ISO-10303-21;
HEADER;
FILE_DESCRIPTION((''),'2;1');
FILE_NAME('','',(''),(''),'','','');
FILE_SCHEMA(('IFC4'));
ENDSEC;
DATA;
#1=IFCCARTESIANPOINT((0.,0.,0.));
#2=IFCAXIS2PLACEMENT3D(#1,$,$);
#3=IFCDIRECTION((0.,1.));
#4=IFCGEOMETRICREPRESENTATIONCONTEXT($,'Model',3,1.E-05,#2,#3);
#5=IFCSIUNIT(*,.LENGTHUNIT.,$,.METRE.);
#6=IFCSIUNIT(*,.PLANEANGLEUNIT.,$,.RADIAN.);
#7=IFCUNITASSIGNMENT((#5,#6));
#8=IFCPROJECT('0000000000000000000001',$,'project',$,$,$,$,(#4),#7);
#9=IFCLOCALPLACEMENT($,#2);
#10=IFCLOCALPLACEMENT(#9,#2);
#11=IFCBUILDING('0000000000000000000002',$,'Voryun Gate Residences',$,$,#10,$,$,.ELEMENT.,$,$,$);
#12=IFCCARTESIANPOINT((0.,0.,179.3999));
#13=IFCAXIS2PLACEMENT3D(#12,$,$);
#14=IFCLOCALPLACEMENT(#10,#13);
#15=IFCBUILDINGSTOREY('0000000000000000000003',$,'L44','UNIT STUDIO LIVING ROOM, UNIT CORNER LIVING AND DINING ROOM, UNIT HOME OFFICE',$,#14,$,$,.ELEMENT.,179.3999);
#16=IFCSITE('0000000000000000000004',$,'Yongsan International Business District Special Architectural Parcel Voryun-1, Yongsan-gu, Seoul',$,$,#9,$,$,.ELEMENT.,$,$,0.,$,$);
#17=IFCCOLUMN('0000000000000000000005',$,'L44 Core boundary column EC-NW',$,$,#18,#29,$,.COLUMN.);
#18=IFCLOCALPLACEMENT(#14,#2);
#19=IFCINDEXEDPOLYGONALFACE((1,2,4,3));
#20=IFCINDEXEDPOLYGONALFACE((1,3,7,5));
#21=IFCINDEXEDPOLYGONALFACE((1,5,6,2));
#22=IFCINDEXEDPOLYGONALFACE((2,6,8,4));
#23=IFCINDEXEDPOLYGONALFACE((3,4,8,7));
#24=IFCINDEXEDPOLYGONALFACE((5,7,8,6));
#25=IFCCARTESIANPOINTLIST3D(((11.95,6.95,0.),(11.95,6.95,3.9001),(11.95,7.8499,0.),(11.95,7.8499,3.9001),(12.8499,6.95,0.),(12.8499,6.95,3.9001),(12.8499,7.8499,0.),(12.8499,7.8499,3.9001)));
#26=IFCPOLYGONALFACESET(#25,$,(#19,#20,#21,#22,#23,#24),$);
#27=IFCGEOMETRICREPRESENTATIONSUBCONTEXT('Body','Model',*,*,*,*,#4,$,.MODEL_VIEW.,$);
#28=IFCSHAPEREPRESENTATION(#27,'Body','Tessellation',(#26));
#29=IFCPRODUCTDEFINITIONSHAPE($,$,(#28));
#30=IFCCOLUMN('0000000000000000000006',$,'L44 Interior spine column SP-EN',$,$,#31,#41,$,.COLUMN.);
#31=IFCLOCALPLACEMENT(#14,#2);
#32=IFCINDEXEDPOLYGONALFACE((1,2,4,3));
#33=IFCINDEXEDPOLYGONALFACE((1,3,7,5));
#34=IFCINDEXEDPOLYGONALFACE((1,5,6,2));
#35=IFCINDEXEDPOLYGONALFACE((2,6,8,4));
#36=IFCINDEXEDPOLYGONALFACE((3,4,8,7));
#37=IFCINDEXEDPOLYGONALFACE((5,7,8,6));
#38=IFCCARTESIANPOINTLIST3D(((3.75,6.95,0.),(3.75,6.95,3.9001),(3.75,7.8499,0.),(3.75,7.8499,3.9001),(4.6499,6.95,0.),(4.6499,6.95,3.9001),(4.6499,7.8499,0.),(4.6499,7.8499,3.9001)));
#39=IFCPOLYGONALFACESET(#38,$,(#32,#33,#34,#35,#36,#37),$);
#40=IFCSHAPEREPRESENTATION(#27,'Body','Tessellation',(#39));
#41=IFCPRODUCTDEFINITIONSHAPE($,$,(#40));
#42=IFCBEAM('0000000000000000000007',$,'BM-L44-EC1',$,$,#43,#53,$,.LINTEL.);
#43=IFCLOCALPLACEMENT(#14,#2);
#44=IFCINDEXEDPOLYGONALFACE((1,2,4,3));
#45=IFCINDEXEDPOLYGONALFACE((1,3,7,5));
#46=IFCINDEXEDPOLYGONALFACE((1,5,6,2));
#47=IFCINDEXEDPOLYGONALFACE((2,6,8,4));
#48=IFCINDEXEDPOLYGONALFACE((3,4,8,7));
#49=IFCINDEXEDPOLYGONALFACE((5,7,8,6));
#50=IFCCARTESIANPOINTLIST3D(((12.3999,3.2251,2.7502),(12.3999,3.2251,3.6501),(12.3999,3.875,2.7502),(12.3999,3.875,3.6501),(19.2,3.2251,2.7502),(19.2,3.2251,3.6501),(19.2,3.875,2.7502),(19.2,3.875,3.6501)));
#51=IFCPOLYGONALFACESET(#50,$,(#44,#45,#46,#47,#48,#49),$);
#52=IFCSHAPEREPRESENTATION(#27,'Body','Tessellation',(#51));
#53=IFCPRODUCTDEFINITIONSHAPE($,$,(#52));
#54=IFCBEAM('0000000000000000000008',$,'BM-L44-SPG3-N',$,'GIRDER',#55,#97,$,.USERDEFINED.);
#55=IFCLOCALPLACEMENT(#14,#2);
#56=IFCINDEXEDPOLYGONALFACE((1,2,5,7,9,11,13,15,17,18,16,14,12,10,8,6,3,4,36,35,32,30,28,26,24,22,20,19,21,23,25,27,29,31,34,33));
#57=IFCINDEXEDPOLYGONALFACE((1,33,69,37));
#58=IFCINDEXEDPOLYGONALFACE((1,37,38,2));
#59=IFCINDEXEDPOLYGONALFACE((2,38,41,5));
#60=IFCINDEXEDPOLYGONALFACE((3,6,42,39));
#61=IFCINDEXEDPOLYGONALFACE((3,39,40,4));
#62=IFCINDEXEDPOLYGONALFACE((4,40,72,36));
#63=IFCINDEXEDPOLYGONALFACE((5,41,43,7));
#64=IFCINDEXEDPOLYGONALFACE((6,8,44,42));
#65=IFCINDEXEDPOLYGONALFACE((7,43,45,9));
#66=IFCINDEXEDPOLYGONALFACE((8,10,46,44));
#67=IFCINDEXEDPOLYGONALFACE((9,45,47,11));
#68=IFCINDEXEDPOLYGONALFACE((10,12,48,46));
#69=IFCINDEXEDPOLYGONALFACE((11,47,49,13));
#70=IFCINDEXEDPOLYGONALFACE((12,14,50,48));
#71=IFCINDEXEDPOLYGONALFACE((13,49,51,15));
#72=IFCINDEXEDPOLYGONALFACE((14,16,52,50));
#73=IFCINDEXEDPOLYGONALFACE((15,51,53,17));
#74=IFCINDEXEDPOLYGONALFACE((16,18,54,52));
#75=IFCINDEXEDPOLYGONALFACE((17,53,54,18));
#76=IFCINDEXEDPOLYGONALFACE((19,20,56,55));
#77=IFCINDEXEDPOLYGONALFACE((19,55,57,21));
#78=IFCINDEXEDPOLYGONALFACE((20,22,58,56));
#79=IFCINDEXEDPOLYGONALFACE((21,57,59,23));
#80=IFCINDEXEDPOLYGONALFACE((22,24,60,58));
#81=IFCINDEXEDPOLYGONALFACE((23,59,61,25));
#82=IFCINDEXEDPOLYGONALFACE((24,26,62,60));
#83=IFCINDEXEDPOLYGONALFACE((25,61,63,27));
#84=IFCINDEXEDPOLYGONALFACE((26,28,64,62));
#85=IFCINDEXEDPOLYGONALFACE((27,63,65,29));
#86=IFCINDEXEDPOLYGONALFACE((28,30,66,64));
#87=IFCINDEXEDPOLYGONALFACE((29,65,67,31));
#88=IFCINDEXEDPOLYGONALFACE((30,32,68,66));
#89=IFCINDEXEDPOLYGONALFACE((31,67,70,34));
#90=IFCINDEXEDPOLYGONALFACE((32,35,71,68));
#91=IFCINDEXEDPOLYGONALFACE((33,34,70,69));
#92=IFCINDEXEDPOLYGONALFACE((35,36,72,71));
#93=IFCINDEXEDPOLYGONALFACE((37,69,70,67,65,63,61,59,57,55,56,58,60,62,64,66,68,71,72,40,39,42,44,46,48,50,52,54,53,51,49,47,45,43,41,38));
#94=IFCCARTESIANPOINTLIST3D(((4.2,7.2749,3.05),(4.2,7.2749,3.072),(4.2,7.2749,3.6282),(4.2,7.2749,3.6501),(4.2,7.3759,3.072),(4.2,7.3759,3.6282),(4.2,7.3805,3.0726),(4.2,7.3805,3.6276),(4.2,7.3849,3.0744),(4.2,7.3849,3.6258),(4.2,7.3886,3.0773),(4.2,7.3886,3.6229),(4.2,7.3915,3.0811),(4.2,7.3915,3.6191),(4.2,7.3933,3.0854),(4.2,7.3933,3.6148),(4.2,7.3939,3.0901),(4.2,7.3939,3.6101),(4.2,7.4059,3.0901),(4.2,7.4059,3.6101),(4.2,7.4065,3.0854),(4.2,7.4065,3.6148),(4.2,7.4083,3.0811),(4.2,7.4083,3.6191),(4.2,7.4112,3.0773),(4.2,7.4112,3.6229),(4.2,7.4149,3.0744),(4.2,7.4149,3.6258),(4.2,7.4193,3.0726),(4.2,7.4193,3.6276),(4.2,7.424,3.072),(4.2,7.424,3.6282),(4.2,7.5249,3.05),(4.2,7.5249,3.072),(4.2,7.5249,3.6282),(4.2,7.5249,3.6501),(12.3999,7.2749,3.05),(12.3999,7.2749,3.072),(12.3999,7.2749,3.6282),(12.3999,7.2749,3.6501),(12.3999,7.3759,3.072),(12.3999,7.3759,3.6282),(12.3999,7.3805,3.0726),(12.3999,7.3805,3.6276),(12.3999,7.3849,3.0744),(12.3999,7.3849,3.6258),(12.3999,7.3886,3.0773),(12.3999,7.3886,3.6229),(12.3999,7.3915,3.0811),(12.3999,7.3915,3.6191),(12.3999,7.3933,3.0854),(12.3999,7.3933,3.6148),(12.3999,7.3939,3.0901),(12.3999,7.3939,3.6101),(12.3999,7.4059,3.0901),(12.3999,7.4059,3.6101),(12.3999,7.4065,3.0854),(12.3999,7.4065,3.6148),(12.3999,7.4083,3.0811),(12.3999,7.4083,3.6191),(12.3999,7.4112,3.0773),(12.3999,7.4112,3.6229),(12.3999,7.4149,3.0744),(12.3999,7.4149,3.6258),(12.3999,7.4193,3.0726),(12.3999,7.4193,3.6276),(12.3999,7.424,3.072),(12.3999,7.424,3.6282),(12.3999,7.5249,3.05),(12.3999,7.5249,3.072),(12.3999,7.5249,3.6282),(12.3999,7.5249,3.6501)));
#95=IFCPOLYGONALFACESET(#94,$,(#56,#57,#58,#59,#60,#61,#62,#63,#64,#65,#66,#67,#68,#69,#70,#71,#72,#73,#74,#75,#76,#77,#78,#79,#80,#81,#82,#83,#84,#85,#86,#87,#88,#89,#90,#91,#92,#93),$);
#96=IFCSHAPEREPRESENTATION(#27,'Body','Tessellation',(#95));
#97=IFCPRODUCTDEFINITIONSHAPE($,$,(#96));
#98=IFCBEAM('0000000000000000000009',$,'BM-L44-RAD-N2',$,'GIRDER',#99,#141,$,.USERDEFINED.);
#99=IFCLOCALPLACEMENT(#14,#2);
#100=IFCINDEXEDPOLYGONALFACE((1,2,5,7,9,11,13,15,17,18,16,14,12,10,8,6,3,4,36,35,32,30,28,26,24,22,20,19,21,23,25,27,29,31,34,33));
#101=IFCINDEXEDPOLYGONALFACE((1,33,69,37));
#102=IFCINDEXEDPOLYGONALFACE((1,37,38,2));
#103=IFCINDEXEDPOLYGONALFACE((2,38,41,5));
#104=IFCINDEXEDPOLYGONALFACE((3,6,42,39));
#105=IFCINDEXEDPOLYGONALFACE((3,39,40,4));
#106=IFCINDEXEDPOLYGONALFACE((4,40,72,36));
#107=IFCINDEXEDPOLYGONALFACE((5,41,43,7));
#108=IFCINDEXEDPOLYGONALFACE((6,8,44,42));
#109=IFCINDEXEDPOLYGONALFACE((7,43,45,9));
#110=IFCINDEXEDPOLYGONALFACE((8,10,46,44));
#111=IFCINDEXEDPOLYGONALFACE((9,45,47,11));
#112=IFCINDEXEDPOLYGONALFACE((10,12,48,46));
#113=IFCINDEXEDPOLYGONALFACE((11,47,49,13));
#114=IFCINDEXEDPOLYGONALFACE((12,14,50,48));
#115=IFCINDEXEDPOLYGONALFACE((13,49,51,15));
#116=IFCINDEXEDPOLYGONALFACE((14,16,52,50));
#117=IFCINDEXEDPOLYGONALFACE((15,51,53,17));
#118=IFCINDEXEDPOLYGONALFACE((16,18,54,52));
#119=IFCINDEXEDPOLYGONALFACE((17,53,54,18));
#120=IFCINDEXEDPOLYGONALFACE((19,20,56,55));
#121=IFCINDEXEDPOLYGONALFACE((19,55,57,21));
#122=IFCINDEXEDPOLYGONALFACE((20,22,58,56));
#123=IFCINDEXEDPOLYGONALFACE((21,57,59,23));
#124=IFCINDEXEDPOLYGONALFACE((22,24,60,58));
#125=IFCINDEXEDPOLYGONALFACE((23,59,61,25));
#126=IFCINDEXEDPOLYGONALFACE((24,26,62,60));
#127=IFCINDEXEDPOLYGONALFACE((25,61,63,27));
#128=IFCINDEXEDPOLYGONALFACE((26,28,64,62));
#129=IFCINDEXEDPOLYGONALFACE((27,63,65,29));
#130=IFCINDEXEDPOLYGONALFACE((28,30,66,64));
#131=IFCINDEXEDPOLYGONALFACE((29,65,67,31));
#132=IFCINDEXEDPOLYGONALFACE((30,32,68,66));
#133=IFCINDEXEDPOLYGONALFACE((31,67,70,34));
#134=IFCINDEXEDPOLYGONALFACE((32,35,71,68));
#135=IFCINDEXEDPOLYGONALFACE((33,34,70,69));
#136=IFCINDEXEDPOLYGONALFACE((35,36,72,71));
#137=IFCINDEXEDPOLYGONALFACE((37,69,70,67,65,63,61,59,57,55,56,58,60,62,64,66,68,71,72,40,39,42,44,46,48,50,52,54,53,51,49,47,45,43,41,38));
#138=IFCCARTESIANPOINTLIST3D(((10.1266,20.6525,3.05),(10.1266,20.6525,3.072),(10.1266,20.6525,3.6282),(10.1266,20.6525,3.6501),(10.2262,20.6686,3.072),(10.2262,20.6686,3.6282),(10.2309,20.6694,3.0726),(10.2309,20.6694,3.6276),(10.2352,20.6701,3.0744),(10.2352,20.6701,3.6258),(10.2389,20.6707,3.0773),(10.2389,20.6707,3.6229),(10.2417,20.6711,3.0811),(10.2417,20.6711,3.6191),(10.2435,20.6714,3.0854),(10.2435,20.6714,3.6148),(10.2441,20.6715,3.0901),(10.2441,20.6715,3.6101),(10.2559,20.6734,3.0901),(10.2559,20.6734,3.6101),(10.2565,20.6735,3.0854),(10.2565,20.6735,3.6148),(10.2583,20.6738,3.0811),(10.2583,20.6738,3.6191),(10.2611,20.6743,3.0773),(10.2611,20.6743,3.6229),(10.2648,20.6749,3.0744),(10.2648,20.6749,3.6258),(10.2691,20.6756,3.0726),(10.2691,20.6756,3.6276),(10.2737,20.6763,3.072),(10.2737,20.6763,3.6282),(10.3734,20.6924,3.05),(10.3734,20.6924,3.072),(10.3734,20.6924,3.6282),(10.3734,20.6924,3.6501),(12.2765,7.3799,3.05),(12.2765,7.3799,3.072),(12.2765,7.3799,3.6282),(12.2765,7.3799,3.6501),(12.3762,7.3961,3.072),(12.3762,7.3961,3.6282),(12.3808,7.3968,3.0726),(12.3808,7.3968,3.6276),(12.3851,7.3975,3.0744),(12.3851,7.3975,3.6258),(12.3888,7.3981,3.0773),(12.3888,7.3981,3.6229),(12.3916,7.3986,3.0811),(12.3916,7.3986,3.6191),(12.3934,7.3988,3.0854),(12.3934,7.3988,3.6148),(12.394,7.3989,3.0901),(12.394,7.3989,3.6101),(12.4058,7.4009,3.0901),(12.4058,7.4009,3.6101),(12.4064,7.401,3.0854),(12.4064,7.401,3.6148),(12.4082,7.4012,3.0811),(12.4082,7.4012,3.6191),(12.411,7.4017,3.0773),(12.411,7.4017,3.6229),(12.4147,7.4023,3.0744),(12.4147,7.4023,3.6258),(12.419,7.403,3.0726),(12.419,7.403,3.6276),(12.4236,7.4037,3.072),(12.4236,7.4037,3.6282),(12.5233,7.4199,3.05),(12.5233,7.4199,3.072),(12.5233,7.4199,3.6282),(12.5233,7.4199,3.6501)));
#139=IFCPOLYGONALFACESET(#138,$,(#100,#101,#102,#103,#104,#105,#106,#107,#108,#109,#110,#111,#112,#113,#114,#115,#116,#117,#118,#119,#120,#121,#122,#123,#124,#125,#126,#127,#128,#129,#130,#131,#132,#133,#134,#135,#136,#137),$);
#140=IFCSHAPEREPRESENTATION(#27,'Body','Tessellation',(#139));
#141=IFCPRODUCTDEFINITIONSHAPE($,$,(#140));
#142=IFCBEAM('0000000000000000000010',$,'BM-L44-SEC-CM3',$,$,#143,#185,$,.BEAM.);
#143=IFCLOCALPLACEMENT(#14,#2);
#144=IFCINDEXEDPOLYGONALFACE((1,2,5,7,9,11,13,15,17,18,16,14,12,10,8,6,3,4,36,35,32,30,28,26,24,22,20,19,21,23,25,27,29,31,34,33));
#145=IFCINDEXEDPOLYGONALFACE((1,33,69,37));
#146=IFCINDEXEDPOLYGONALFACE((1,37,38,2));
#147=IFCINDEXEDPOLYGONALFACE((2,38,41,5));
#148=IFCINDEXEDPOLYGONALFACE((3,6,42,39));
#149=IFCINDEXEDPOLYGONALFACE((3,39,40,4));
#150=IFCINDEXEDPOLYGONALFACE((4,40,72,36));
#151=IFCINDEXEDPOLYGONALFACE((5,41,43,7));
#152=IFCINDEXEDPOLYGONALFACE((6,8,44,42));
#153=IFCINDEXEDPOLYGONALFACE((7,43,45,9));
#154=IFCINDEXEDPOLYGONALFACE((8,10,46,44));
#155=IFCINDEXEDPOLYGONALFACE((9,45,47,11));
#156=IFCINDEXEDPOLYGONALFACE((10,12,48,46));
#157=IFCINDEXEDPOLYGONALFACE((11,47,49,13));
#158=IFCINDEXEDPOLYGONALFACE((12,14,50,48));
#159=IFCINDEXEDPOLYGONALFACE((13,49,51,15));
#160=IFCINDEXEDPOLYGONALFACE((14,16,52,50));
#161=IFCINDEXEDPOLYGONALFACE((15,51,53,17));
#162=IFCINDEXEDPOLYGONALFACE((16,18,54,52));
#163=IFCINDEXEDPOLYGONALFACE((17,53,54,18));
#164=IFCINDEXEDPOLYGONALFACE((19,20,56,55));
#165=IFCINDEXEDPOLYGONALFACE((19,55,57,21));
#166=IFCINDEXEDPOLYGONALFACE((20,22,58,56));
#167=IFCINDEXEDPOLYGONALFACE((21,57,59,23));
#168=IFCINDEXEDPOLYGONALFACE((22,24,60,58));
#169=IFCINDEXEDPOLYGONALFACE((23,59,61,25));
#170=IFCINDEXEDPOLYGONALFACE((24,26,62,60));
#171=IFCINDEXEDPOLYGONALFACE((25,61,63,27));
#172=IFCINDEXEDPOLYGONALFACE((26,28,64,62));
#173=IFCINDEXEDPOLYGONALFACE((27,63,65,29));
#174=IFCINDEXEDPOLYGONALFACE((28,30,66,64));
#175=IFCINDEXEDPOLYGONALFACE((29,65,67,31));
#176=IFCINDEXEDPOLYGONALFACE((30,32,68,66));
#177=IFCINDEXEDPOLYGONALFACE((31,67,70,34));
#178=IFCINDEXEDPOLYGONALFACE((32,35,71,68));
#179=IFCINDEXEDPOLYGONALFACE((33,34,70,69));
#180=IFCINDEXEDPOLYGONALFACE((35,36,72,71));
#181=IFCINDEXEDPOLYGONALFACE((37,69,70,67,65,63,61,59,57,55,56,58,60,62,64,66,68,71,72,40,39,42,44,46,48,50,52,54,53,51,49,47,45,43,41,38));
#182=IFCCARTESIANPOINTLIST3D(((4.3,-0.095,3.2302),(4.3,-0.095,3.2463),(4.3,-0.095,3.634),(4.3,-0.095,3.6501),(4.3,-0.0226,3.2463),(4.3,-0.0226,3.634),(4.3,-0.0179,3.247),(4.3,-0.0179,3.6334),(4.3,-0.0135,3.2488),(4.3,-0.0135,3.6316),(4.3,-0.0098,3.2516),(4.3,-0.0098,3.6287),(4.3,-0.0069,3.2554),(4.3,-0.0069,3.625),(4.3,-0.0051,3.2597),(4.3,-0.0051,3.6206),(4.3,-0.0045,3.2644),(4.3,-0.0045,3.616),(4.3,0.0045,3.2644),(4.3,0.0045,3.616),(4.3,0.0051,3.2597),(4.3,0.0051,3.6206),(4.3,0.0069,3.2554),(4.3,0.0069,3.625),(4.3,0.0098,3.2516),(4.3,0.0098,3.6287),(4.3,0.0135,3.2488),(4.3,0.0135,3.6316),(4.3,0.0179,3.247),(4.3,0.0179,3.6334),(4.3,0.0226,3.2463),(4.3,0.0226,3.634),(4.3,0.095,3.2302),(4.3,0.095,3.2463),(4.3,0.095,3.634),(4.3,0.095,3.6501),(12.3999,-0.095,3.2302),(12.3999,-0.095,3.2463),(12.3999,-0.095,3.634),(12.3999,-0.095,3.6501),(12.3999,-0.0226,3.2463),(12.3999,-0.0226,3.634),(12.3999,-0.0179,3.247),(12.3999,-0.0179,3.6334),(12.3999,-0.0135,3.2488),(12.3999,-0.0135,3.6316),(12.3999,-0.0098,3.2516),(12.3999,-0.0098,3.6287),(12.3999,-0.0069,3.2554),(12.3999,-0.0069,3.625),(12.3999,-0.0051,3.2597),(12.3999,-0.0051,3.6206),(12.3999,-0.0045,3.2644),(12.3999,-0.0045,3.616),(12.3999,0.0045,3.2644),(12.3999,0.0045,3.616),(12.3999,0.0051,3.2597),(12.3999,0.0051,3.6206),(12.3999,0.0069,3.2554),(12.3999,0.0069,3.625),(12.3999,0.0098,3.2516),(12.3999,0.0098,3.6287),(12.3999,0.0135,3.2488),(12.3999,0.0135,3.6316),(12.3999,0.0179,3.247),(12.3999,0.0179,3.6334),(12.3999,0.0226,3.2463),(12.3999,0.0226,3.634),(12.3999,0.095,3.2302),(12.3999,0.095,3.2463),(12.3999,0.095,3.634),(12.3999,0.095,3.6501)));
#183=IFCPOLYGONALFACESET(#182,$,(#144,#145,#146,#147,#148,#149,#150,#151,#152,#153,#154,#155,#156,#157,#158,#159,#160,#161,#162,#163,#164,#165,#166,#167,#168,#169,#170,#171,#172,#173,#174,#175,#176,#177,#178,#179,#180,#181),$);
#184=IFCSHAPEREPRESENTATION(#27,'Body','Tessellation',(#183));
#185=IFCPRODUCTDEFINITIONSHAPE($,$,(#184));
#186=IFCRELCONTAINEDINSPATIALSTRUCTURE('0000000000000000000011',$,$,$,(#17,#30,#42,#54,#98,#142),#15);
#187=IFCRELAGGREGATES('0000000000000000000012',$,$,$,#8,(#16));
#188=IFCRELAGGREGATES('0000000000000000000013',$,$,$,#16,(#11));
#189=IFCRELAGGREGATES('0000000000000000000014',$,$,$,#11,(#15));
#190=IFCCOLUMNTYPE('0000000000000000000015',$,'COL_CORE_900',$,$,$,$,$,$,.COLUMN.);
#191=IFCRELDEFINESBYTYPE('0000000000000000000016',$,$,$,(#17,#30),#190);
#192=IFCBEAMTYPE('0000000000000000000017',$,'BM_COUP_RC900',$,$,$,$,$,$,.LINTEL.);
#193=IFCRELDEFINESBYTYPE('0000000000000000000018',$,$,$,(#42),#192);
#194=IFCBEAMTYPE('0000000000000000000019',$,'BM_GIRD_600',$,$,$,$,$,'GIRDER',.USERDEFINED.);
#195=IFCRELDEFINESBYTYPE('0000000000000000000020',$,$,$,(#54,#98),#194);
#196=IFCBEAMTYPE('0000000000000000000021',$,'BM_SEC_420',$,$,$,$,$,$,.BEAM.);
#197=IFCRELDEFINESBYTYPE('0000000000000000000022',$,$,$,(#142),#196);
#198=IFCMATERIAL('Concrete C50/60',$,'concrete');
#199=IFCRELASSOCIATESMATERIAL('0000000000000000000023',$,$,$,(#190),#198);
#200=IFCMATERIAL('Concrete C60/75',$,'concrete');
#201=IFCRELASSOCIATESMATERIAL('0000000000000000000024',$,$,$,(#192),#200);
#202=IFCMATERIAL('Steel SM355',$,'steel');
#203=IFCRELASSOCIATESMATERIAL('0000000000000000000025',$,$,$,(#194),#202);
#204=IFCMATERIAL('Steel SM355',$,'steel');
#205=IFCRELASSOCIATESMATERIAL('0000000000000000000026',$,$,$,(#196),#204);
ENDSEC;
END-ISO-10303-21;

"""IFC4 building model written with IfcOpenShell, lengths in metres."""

from ifc_helpers import new_model, si_unit, direction, frame, origin, origin_2d, place, context, subcontext, project, spatial, rectangle, i_section, extrude, material, material_profile, profile_set, type_object, element, save


model = new_model("IFC4")

# Units and contexts
model_context = context("Model", 3, precision=1e-05, world=origin(), true_north=direction((0.0, 1.0)))
body_context = subcontext(model_context, "Body", "Model", "MODEL_VIEW")
ifc_project = project(units=[si_unit("LENGTHUNIT", "METRE"), si_unit("PLANEANGLEUNIT", "RADIAN")], contexts=[model_context])

# Site, building, storey
site_placement = place(None, origin())
site = spatial("IfcSite", under=ifc_project, at=site_placement, Name="Yongsan International Business District Special Architectural Parcel Voryun-1, Yongsan-gu, Seoul", CompositionType="ELEMENT", RefElevation=0.0)
building_placement = place(site_placement, origin())
building = spatial("IfcBuilding", under=site, at=building_placement, Name="Voryun Gate Residences", CompositionType="ELEMENT")
storey_placement = place(building_placement, frame((0.0, 0.0, 179.3999)))
storey = spatial("IfcBuildingStorey", under=building, at=storey_placement, Name="L44", Description="UNIT STUDIO LIVING ROOM, UNIT CORNER LIVING AND DINING ROOM, UNIT HOME OFFICE", CompositionType="ELEMENT", Elevation=179.3999)

# Columns
ifc_material_1 = material(Name="Concrete C50/60", Category="concrete")
ifc_material_profile_1 = material_profile(ifc_material_1, rectangle(XDim=0.8999, YDim=0.8999, at=origin_2d()), Name="RC-900x900")
ifc_profile_set_1 = profile_set([ifc_material_profile_1], Name="Concrete C50/60")
column_type = type_object("IfcColumnType", Name="COL_CORE_900", PredefinedType="COLUMN", material=ifc_profile_set_1)
for number, where, z_axis, x_axis, name in (
    (1, (12.3999, 7.3999, 0.0), (0.0, 0.0, 1.0), (1.0, 0.0, 0.0), "L44 Core boundary column EC-NW"),
    (2, (4.2, 7.3999, 0.0), (0.0, 0.0, 1.0), (1.0, 0.0, 0.0), "L44 Interior spine column SP-EN"),
):
    element("IfcColumn", number, at=place(storey_placement, frame(where, z_axis=z_axis, x_axis=x_axis)), inside=storey, type_object=column_type, Name=name, PredefinedType="COLUMN", context=body_context, shape_type="SweptSolid", body=[
        extrude(rectangle(XDim=0.8999, YDim=0.8999, at=origin_2d()), origin(), (0.0, 0.0, 1.0), 3.9001),
    ])

# Beams
ifc_material_2 = material(Name="Concrete C60/75", Category="concrete")
ifc_material_profile_2 = material_profile(ifc_material_2, rectangle(XDim=0.6499, YDim=0.8999, at=origin_2d()), Name="RC-650x900")
ifc_profile_set_2 = profile_set([ifc_material_profile_2], Name="Concrete C60/75")
beam_type_1 = type_object("IfcBeamType", Name="BM_COUP_RC900", PredefinedType="LINTEL", material=ifc_profile_set_2)
beam_1_placement = place(storey_placement, frame((12.3999, 3.55, 3.2002), z_axis=(1.0, 0.0, 0.0), x_axis=(0.0, 1.0, 0.0)))
element("IfcBeam", 3, at=beam_1_placement, inside=storey, type_object=beam_type_1, Name="BM-L44-EC1", PredefinedType="LINTEL", context=body_context, shape_type="SweptSolid", body=[
    extrude(rectangle(XDim=0.6499, YDim=0.8999, at=origin_2d()), origin(), (0.0, 0.0, 1.0), 6.8),
])
ifc_material_3 = material(Name="Steel SM355", Category="steel")
ifc_material_profile_3 = material_profile(ifc_material_3, i_section(OverallWidth=0.25, OverallDepth=0.6001, WebThickness=0.012, FlangeThickness=0.022, FilletRadius=0.0181, at=origin_2d()), Name="H-600x250x12x22")
ifc_profile_set_3 = profile_set([ifc_material_profile_3], Name="Steel SM355")
beam_type_2 = type_object("IfcBeamType", Name="BM_GIRD_600", ElementType="GIRDER", PredefinedType="USERDEFINED", material=ifc_profile_set_3)
beam_2_placement = place(storey_placement, frame((4.2, 7.3999, 3.3501), z_axis=(1.0, 0.0, 0.0), x_axis=(0.0, 1.0, 0.0)))
element("IfcBeam", 4, at=beam_2_placement, inside=storey, type_object=beam_type_2, Name="BM-L44-SPG3-N", ObjectType="GIRDER", PredefinedType="USERDEFINED", context=body_context, shape_type="SweptSolid", body=[
    extrude(i_section(OverallWidth=0.25, OverallDepth=0.6001, WebThickness=0.012, FlangeThickness=0.022, FilletRadius=0.0181, at=origin_2d()), origin(), (0.0, 0.0, 1.0), 8.2),
])
beam_3_placement = place(storey_placement, frame((12.3999, 7.3999, 3.3501), z_axis=(-0.159898, 0.987134, 0.0), x_axis=(-0.987134, -0.159898, 0.0)))
element("IfcBeam", 5, at=beam_3_placement, inside=storey, type_object=beam_type_2, Name="BM-L44-RAD-N2", ObjectType="GIRDER", PredefinedType="USERDEFINED", context=body_context, shape_type="SweptSolid", body=[
    extrude(i_section(OverallWidth=0.25, OverallDepth=0.6001, WebThickness=0.012, FlangeThickness=0.022, FilletRadius=0.0181, at=origin_2d()), origin(), (0.0, 0.0, 1.0), 13.4456),
])
ifc_material_4 = material(Name="Steel SM355", Category="steel")
ifc_material_profile_4 = material_profile(ifc_material_4, i_section(OverallWidth=0.1899, OverallDepth=0.4199, WebThickness=0.009, FlangeThickness=0.0161, FilletRadius=0.0181, at=origin_2d()), Name="H-420x190x9x16")
ifc_profile_set_4 = profile_set([ifc_material_profile_4], Name="Steel SM355")
beam_type_3 = type_object("IfcBeamType", Name="BM_SEC_420", PredefinedType="BEAM", material=ifc_profile_set_4)
for number, where, z_axis, x_axis, name in (
    (6, (4.3, 0.0, 3.4402), (1.0, 0.0, 0.0), (0.0, 1.0, 0.0), "BM-L44-SEC-CM3"),
):
    element("IfcBeam", number, at=place(storey_placement, frame(where, z_axis=z_axis, x_axis=x_axis)), inside=storey, type_object=beam_type_3, Name=name, PredefinedType="BEAM", context=body_context, shape_type="SweptSolid", body=[
        extrude(i_section(OverallWidth=0.1899, OverallDepth=0.4199, WebThickness=0.009, FlangeThickness=0.0161, FilletRadius=0.0181, at=origin_2d()), origin(), (0.0, 0.0, 1.0), 8.0999),
    ])

save(model, "model.ifc")
